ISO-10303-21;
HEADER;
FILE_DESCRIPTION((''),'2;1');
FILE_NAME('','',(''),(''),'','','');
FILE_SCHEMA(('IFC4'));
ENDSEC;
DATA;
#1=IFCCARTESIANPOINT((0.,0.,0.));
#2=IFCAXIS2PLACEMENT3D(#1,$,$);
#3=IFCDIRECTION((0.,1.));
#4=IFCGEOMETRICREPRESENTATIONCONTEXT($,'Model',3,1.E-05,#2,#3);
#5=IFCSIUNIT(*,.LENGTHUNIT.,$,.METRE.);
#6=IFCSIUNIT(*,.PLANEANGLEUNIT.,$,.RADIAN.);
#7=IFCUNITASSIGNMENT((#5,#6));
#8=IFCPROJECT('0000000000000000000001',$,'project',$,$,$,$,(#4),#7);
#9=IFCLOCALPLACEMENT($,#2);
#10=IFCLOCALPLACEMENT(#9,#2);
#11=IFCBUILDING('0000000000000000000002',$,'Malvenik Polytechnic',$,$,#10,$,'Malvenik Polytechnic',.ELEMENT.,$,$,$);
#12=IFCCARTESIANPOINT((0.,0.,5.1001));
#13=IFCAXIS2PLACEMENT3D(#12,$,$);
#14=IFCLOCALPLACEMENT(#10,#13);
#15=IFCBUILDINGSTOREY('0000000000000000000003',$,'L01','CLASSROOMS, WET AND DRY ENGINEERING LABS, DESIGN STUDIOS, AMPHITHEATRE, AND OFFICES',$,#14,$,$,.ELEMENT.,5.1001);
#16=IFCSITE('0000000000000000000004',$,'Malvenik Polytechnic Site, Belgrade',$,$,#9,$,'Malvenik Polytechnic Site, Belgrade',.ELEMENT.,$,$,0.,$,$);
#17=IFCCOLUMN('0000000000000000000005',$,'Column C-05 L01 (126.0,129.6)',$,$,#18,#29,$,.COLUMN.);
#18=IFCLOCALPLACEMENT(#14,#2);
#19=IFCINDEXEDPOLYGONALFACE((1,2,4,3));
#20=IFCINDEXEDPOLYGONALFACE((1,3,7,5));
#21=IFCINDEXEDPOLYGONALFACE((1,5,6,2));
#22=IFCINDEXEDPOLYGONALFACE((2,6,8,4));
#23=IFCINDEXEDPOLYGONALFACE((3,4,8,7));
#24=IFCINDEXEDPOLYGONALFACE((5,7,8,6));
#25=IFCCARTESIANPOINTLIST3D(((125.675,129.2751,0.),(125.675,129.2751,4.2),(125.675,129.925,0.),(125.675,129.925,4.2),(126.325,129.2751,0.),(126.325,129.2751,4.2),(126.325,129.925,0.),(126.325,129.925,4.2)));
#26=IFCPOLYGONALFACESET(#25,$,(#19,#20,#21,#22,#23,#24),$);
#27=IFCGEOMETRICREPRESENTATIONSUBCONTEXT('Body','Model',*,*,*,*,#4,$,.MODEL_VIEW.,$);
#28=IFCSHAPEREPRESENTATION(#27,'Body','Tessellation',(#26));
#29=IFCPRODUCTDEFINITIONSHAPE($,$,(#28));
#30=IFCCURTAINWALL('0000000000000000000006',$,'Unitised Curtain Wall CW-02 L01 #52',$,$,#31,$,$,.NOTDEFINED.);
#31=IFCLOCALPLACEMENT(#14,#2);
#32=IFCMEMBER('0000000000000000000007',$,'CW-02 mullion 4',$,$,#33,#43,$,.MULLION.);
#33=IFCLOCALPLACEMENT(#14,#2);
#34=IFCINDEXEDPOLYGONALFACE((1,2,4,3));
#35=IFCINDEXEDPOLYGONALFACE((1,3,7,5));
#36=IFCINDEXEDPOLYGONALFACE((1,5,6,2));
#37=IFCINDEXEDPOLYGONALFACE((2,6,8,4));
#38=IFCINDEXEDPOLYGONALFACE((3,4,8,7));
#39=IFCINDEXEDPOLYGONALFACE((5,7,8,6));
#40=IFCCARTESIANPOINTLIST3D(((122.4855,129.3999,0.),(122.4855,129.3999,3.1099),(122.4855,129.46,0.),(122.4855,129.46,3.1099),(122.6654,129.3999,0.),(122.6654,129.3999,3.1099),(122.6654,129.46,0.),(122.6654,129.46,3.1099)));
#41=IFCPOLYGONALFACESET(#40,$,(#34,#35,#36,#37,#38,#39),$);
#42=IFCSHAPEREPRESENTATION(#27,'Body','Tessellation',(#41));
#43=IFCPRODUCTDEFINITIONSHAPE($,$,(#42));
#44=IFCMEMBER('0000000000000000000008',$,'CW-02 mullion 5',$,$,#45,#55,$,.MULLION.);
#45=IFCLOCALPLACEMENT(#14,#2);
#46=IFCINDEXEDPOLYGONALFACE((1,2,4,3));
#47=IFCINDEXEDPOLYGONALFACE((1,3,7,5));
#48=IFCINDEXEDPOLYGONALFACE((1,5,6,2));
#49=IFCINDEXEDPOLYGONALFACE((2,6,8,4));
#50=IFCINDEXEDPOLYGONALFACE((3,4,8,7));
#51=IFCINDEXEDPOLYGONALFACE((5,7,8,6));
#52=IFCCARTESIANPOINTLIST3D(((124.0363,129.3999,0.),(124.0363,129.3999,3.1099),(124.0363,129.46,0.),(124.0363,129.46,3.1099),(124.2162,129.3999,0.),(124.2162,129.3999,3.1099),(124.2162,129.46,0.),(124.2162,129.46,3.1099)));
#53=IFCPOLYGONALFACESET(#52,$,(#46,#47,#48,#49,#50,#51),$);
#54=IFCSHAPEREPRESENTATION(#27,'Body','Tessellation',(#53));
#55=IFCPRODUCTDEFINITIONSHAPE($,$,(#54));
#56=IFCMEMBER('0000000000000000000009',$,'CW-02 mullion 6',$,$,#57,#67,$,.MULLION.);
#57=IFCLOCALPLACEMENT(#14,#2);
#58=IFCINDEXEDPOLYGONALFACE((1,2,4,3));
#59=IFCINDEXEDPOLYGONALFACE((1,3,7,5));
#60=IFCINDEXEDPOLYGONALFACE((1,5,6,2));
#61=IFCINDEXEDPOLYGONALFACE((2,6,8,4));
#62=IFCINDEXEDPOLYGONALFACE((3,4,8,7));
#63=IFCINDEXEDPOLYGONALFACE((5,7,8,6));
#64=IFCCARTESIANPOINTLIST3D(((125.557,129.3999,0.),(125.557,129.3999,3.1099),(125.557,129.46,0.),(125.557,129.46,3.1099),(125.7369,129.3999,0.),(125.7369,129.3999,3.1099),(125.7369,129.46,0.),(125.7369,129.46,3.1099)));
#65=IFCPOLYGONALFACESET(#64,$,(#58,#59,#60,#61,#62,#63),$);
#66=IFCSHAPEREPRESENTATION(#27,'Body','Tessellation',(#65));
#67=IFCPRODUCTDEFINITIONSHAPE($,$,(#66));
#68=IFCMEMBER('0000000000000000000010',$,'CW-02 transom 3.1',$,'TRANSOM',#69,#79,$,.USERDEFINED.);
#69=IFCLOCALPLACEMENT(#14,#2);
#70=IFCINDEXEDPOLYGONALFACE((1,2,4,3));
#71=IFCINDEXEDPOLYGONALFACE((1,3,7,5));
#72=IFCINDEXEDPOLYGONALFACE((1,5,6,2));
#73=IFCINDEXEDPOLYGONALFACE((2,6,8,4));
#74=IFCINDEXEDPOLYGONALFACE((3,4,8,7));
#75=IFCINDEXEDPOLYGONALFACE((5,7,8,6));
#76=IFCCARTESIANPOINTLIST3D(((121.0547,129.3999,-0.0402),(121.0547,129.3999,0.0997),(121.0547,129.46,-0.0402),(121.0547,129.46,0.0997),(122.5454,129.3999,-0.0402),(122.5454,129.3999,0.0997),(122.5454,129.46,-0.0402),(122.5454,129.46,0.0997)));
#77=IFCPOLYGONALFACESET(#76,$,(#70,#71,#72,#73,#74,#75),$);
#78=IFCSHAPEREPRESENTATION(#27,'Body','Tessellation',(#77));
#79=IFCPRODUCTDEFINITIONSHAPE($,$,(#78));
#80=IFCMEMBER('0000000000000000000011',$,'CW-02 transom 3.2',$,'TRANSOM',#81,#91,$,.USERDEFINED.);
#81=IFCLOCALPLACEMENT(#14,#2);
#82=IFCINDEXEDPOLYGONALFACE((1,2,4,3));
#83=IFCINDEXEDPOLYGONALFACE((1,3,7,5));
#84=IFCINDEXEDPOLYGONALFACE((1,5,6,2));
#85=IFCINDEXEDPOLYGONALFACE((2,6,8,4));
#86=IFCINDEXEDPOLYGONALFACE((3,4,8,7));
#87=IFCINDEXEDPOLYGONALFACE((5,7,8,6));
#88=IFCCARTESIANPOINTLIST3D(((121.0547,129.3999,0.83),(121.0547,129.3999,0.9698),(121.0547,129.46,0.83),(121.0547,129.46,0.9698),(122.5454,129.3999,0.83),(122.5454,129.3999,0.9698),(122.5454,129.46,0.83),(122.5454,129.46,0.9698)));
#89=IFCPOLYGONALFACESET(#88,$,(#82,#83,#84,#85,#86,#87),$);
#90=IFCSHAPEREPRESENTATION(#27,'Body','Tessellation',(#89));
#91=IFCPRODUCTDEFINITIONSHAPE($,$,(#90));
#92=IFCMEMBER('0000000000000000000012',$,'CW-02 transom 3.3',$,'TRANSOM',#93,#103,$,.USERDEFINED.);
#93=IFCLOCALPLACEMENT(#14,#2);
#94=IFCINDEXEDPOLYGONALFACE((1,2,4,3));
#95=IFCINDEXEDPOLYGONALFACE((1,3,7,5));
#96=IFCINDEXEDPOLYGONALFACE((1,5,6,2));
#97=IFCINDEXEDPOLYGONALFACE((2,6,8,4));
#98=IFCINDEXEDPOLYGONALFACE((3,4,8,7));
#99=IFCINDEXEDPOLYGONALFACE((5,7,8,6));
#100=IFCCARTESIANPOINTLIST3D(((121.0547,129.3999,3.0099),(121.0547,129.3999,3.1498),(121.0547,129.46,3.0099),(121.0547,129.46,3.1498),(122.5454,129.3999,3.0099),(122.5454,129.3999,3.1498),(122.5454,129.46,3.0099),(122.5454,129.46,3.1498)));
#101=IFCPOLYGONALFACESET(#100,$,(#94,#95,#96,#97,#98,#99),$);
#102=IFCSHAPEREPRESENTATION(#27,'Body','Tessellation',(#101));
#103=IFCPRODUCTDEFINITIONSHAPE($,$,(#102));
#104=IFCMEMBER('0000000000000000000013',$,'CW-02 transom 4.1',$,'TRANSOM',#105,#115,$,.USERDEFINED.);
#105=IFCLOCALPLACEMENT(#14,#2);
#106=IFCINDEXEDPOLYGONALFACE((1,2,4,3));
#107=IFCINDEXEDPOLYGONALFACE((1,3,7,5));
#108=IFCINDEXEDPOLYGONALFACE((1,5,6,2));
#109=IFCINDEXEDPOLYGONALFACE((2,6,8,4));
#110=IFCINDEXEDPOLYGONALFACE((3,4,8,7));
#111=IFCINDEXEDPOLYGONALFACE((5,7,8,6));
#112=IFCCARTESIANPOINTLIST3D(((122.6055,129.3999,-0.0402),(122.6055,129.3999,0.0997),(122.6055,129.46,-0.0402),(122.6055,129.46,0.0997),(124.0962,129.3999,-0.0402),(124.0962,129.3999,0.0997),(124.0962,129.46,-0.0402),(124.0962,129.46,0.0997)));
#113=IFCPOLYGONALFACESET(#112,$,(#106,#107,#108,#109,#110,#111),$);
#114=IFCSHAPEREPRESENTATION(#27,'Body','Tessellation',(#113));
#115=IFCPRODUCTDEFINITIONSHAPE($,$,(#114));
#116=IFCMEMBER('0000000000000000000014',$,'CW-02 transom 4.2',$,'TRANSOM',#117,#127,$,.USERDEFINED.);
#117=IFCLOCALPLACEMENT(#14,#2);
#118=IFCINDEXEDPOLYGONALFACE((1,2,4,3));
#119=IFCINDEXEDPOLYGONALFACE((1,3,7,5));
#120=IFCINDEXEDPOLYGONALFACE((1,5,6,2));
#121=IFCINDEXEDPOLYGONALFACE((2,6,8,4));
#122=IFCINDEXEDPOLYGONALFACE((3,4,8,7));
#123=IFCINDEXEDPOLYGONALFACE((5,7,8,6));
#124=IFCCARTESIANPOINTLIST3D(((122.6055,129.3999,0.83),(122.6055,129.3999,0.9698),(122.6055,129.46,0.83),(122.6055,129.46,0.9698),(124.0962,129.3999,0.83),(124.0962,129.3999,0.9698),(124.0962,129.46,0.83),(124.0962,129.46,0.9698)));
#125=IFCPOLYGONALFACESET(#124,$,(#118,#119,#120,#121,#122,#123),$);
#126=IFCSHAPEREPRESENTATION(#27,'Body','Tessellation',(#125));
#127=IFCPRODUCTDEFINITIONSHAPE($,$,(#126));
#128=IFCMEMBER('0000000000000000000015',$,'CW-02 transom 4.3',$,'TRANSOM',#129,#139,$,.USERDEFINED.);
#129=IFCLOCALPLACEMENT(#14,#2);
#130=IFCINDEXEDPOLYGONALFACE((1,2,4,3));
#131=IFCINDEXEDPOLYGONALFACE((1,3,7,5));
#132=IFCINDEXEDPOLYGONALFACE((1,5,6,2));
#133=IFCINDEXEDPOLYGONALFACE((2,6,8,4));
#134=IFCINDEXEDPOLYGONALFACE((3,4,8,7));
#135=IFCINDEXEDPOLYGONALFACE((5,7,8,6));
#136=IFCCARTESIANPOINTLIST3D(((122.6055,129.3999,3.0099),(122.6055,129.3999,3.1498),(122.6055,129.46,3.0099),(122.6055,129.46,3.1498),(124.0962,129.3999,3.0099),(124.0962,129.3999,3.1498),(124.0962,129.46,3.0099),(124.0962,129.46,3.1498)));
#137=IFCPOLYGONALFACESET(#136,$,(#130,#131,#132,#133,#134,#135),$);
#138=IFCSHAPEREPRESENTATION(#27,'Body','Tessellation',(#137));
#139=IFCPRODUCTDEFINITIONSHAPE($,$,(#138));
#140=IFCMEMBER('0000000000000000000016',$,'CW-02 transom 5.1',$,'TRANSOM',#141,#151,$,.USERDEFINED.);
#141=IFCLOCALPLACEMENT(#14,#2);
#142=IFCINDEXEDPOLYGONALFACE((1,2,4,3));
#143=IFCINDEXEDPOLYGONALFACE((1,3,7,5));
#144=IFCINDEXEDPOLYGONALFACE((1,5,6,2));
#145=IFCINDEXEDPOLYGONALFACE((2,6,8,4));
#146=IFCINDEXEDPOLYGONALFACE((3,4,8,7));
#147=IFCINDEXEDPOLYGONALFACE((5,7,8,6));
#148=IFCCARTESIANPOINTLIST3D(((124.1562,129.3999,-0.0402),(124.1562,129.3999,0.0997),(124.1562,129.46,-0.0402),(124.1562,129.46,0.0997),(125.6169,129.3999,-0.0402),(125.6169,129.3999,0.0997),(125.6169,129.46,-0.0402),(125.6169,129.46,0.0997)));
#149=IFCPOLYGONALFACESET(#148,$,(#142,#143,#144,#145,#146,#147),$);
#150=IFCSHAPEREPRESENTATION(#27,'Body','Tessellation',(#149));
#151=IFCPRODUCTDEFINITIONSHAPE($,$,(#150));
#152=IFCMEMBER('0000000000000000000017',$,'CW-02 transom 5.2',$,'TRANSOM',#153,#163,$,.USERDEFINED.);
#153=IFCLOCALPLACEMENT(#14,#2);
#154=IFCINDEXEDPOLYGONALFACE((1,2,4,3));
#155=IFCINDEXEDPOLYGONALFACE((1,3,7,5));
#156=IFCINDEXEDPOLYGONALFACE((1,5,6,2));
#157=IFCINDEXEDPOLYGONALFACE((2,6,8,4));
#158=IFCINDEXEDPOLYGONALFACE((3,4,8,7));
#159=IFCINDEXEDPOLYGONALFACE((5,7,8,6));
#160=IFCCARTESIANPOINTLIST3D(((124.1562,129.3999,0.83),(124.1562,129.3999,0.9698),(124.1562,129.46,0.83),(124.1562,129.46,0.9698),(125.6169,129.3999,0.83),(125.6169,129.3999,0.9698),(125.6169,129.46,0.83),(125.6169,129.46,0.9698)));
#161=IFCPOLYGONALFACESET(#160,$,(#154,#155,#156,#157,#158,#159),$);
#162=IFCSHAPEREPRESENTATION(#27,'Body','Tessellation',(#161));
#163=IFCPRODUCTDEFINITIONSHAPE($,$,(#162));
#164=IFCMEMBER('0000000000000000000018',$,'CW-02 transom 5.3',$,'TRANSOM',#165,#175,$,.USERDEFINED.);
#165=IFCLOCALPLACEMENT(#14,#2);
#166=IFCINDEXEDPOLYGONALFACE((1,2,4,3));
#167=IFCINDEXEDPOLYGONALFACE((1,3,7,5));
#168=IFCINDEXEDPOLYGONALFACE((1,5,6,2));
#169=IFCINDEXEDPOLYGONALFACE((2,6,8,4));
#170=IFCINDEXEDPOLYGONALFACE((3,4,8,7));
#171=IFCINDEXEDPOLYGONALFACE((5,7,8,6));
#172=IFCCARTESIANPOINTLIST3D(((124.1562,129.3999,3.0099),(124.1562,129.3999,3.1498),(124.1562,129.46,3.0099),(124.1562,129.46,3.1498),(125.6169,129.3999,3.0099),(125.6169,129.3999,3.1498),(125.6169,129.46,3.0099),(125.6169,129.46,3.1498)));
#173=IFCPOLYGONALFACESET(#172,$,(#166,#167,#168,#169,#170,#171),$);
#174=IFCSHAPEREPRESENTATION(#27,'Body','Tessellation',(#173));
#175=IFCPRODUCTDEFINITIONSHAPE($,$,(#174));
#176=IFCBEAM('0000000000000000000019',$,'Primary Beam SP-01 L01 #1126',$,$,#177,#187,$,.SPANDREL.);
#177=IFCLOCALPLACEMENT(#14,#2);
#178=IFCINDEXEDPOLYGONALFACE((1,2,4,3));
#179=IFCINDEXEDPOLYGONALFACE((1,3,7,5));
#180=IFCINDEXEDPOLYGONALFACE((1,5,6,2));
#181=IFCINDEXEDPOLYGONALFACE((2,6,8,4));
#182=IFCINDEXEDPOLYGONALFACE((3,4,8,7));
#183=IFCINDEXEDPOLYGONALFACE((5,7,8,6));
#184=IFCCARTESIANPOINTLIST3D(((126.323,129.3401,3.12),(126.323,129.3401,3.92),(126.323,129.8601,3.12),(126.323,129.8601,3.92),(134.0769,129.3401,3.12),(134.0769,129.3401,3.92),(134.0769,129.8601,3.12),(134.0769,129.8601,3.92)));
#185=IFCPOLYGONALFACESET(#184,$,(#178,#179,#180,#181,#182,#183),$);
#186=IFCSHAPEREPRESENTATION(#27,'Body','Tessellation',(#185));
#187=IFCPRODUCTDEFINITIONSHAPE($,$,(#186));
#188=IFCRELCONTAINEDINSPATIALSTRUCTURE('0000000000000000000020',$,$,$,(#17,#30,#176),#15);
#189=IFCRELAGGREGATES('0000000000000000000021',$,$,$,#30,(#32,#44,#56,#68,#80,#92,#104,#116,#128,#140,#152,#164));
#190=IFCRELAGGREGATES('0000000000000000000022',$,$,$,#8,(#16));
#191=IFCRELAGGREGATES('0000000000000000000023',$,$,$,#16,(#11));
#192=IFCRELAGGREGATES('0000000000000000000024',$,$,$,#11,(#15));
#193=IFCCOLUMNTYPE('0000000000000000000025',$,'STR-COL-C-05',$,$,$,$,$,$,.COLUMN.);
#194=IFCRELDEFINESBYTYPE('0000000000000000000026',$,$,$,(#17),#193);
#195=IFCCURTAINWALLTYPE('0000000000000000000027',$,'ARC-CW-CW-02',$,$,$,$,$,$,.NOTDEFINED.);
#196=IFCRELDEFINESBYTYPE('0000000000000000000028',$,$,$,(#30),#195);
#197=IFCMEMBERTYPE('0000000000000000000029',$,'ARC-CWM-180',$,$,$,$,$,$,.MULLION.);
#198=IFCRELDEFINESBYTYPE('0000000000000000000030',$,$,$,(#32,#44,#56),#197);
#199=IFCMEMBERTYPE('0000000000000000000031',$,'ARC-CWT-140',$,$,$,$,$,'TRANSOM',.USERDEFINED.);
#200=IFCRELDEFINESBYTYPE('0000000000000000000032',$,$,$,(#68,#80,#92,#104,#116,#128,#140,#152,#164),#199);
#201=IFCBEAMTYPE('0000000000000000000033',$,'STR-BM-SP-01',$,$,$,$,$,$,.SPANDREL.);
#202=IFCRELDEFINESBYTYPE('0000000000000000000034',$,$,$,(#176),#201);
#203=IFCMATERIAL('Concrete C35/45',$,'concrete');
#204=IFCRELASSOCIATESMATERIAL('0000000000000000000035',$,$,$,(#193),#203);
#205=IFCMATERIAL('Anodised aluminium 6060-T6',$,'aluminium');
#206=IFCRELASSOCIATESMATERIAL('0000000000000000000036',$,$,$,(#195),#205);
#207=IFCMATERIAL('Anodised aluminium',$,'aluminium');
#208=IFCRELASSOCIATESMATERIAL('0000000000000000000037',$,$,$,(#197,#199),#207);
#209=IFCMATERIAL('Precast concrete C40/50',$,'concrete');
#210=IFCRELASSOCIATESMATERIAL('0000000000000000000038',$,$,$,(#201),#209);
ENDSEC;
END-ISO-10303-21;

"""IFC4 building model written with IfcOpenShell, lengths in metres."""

from ifc_helpers import new_model, si_unit, direction, frame, origin, origin_2d, place, context, subcontext, project, spatial, rectangle, extrude, material, material_profile, profile_set, type_object, element, aggregate, save


model = new_model("IFC4")

# Units and contexts
model_context = context("Model", 3, precision=1e-05, world=origin(), true_north=direction((0.0, 1.0)))
body_context = subcontext(model_context, "Body", "Model", "MODEL_VIEW")
ifc_project = project(units=[si_unit("LENGTHUNIT", "METRE"), si_unit("PLANEANGLEUNIT", "RADIAN")], contexts=[model_context])

# Site, building, storey
site_placement = place(None, origin())
site = spatial("IfcSite", under=ifc_project, at=site_placement, Name="Malvenik Polytechnic Site, Belgrade", LongName="Malvenik Polytechnic Site, Belgrade", CompositionType="ELEMENT", RefElevation=0.0)
building_placement = place(site_placement, origin())
building = spatial("IfcBuilding", under=site, at=building_placement, Name="Malvenik Polytechnic", LongName="Malvenik Polytechnic", CompositionType="ELEMENT")
storey_placement = place(building_placement, frame((0.0, 0.0, 5.1001)))
storey = spatial("IfcBuildingStorey", under=building, at=storey_placement, Name="L01", Description="CLASSROOMS, WET AND DRY ENGINEERING LABS, DESIGN STUDIOS, AMPHITHEATRE, AND OFFICES", CompositionType="ELEMENT", Elevation=5.1001)

# Column
ifc_material_1 = material(Name="Concrete C35/45", Category="concrete")
ifc_material_profile_1 = material_profile(ifc_material_1, rectangle(XDim=0.6499, YDim=0.6499, at=origin_2d()), Name="RC COL 650x650")
ifc_profile_set_1 = profile_set([ifc_material_profile_1], Name="Concrete C35/45")
column_type = type_object("IfcColumnType", Name="STR-COL-C-05", PredefinedType="COLUMN", material=ifc_profile_set_1)
column_placement = place(storey_placement, frame((126.0, 129.6001, 0.0), z_axis=(0.0, 0.0, 1.0), x_axis=(1.0, 0.0, 0.0)))
element("IfcColumn", 1, at=column_placement, inside=storey, type_object=column_type, Name="Column C-05 L01 (126.0,129.6)", PredefinedType="COLUMN", context=body_context, shape_type="SweptSolid", body=[
    extrude(rectangle(XDim=0.6499, YDim=0.6499, at=origin_2d()), origin(), (0.0, 0.0, 1.0), 4.2),
])

# Curtain wall, members
ifc_material_2 = material(Name="Anodised aluminium 6060-T6", Category="aluminium")
curtain_wall_type = type_object("IfcCurtainWallType", Name="ARC-CW-CW-02", PredefinedType="NOTDEFINED", material=ifc_material_2)
curtain_wall_placement = place(storey_placement, origin())
curtain_wall = element("IfcCurtainWall", 2, at=curtain_wall_placement, inside=storey, type_object=curtain_wall_type, Name="Unitised Curtain Wall CW-02 L01 #52", PredefinedType="NOTDEFINED")
ifc_material_3 = material(Name="Anodised aluminium", Category="aluminium")
ifc_material_profile_2 = material_profile(ifc_material_3, rectangle(XDim=0.0601, YDim=0.1799, at=origin_2d()), Name="ALU MULLION 60x180")
ifc_profile_set_2 = profile_set([ifc_material_profile_2], Name="Anodised aluminium")
member_type_1 = type_object("IfcMemberType", Name="ARC-CWM-180", PredefinedType="MULLION", material=ifc_profile_set_2)
member_1_placement = place(storey_placement, frame((122.5754, 129.4299, 0.0), z_axis=(0.0, 0.0, 1.0), x_axis=(0.0, 1.0, 0.0)))
member_1 = element("IfcMember", 3, at=member_1_placement, type_object=member_type_1, Name="CW-02 mullion 4", PredefinedType="MULLION", context=body_context, shape_type="SweptSolid", body=[
    extrude(rectangle(XDim=0.0601, YDim=0.1799, at=origin_2d()), origin(), (0.0, 0.0, 1.0), 3.1099),
])
member_2_placement = place(storey_placement, frame((124.1262, 129.4299, 0.0), z_axis=(0.0, 0.0, 1.0), x_axis=(0.0, 1.0, 0.0)))
member_2 = element("IfcMember", 4, at=member_2_placement, type_object=member_type_1, Name="CW-02 mullion 5", PredefinedType="MULLION", context=body_context, shape_type="SweptSolid", body=[
    extrude(rectangle(XDim=0.0601, YDim=0.1799, at=origin_2d()), origin(), (0.0, 0.0, 1.0), 3.1099),
])
member_3_placement = place(storey_placement, frame((125.647, 129.4299, 0.0), z_axis=(0.0, 0.0, 1.0), x_axis=(0.0, 1.0, 0.0)))
member_3 = element("IfcMember", 5, at=member_3_placement, type_object=member_type_1, Name="CW-02 mullion 6", PredefinedType="MULLION", context=body_context, shape_type="SweptSolid", body=[
    extrude(rectangle(XDim=0.0601, YDim=0.1799, at=origin_2d()), origin(), (0.0, 0.0, 1.0), 3.1099),
])
ifc_material_profile_3 = material_profile(ifc_material_3, rectangle(XDim=0.0601, YDim=0.1399, at=origin_2d()), Name="ALU TRANSOM 60x140")
ifc_profile_set_3 = profile_set([ifc_material_profile_3], Name="Anodised aluminium")
member_type_2 = type_object("IfcMemberType", Name="ARC-CWT-140", ElementType="TRANSOM", PredefinedType="USERDEFINED", material=ifc_profile_set_3)
member_4_placement = place(storey_placement, frame((121.0547, 129.4299, 0.0298), z_axis=(1.0, 0.0, 0.0), x_axis=(0.0, 1.0, 0.0)))
member_4 = element("IfcMember", 6, at=member_4_placement, type_object=member_type_2, Name="CW-02 transom 3.1", ObjectType="TRANSOM", PredefinedType="USERDEFINED", context=body_context, shape_type="SweptSolid", body=[
    extrude(rectangle(XDim=0.0601, YDim=0.1399, at=origin_2d()), origin(), (0.0, 0.0, 1.0), 1.4907),
])
member_5_placement = place(storey_placement, frame((121.0547, 129.4299, 0.8999), z_axis=(1.0, 0.0, 0.0), x_axis=(0.0, 1.0, 0.0)))
member_5 = element("IfcMember", 7, at=member_5_placement, type_object=member_type_2, Name="CW-02 transom 3.2", ObjectType="TRANSOM", PredefinedType="USERDEFINED", context=body_context, shape_type="SweptSolid", body=[
    extrude(rectangle(XDim=0.0601, YDim=0.1399, at=origin_2d()), origin(), (0.0, 0.0, 1.0), 1.4907),
])
member_6_placement = place(storey_placement, frame((121.0547, 129.4299, 3.0798), z_axis=(1.0, 0.0, 0.0), x_axis=(0.0, 1.0, 0.0)))
member_6 = element("IfcMember", 8, at=member_6_placement, type_object=member_type_2, Name="CW-02 transom 3.3", ObjectType="TRANSOM", PredefinedType="USERDEFINED", context=body_context, shape_type="SweptSolid", body=[
    extrude(rectangle(XDim=0.0601, YDim=0.1399, at=origin_2d()), origin(), (0.0, 0.0, 1.0), 1.4907),
])
member_7_placement = place(storey_placement, frame((122.6055, 129.4299, 0.0298), z_axis=(1.0, 0.0, 0.0), x_axis=(0.0, 1.0, 0.0)))
member_7 = element("IfcMember", 9, at=member_7_placement, type_object=member_type_2, Name="CW-02 transom 4.1", ObjectType="TRANSOM", PredefinedType="USERDEFINED", context=body_context, shape_type="SweptSolid", body=[
    extrude(rectangle(XDim=0.0601, YDim=0.1399, at=origin_2d()), origin(), (0.0, 0.0, 1.0), 1.4907),
])
member_8_placement = place(storey_placement, frame((122.6055, 129.4299, 0.8999), z_axis=(1.0, 0.0, 0.0), x_axis=(0.0, 1.0, 0.0)))
member_8 = element("IfcMember", 10, at=member_8_placement, type_object=member_type_2, Name="CW-02 transom 4.2", ObjectType="TRANSOM", PredefinedType="USERDEFINED", context=body_context, shape_type="SweptSolid", body=[
    extrude(rectangle(XDim=0.0601, YDim=0.1399, at=origin_2d()), origin(), (0.0, 0.0, 1.0), 1.4907),
])
member_9_placement = place(storey_placement, frame((122.6055, 129.4299, 3.0798), z_axis=(1.0, 0.0, 0.0), x_axis=(0.0, 1.0, 0.0)))
member_9 = element("IfcMember", 11, at=member_9_placement, type_object=member_type_2, Name="CW-02 transom 4.3", ObjectType="TRANSOM", PredefinedType="USERDEFINED", context=body_context, shape_type="SweptSolid", body=[
    extrude(rectangle(XDim=0.0601, YDim=0.1399, at=origin_2d()), origin(), (0.0, 0.0, 1.0), 1.4907),
])
member_10_placement = place(storey_placement, frame((124.1562, 129.4299, 0.0298), z_axis=(1.0, 0.0, 0.0), x_axis=(0.0, 1.0, 0.0)))
member_10 = element("IfcMember", 12, at=member_10_placement, type_object=member_type_2, Name="CW-02 transom 5.1", ObjectType="TRANSOM", PredefinedType="USERDEFINED", context=body_context, shape_type="SweptSolid", body=[
    extrude(rectangle(XDim=0.0601, YDim=0.1399, at=origin_2d()), origin(), (0.0, 0.0, 1.0), 1.4607),
])
member_11_placement = place(storey_placement, frame((124.1562, 129.4299, 0.8999), z_axis=(1.0, 0.0, 0.0), x_axis=(0.0, 1.0, 0.0)))
member_11 = element("IfcMember", 13, at=member_11_placement, type_object=member_type_2, Name="CW-02 transom 5.2", ObjectType="TRANSOM", PredefinedType="USERDEFINED", context=body_context, shape_type="SweptSolid", body=[
    extrude(rectangle(XDim=0.0601, YDim=0.1399, at=origin_2d()), origin(), (0.0, 0.0, 1.0), 1.4607),
])
member_12_placement = place(storey_placement, frame((124.1562, 129.4299, 3.0798), z_axis=(1.0, 0.0, 0.0), x_axis=(0.0, 1.0, 0.0)))
member_12 = element("IfcMember", 14, at=member_12_placement, type_object=member_type_2, Name="CW-02 transom 5.3", ObjectType="TRANSOM", PredefinedType="USERDEFINED", context=body_context, shape_type="SweptSolid", body=[
    extrude(rectangle(XDim=0.0601, YDim=0.1399, at=origin_2d()), origin(), (0.0, 0.0, 1.0), 1.4607),
])

# Beam
ifc_material_4 = material(Name="Precast concrete C40/50", Category="concrete")
ifc_material_profile_4 = material_profile(ifc_material_4, rectangle(XDim=0.52, YDim=0.8, at=origin_2d()), Name="PC SPN 520x800")
ifc_profile_set_4 = profile_set([ifc_material_profile_4], Name="Precast concrete C40/50")
beam_type = type_object("IfcBeamType", Name="STR-BM-SP-01", PredefinedType="SPANDREL", material=ifc_profile_set_4)
beam_placement = place(storey_placement, frame((126.323, 129.6001, 3.52), z_axis=(1.0, 0.0, 0.0), x_axis=(0.0, 1.0, 0.0)))
element("IfcBeam", 15, at=beam_placement, inside=storey, type_object=beam_type, Name="Primary Beam SP-01 L01 #1126", PredefinedType="SPANDREL", context=body_context, shape_type="SweptSolid", body=[
    extrude(rectangle(XDim=0.52, YDim=0.8, at=origin_2d()), origin(), (0.0, 0.0, 1.0), 7.7539),
])

aggregate(curtain_wall, [member_1, member_2, member_3, member_4, member_5, member_6, member_7, member_8, member_9, member_10, member_11, member_12])

save(model, "model.ifc")
